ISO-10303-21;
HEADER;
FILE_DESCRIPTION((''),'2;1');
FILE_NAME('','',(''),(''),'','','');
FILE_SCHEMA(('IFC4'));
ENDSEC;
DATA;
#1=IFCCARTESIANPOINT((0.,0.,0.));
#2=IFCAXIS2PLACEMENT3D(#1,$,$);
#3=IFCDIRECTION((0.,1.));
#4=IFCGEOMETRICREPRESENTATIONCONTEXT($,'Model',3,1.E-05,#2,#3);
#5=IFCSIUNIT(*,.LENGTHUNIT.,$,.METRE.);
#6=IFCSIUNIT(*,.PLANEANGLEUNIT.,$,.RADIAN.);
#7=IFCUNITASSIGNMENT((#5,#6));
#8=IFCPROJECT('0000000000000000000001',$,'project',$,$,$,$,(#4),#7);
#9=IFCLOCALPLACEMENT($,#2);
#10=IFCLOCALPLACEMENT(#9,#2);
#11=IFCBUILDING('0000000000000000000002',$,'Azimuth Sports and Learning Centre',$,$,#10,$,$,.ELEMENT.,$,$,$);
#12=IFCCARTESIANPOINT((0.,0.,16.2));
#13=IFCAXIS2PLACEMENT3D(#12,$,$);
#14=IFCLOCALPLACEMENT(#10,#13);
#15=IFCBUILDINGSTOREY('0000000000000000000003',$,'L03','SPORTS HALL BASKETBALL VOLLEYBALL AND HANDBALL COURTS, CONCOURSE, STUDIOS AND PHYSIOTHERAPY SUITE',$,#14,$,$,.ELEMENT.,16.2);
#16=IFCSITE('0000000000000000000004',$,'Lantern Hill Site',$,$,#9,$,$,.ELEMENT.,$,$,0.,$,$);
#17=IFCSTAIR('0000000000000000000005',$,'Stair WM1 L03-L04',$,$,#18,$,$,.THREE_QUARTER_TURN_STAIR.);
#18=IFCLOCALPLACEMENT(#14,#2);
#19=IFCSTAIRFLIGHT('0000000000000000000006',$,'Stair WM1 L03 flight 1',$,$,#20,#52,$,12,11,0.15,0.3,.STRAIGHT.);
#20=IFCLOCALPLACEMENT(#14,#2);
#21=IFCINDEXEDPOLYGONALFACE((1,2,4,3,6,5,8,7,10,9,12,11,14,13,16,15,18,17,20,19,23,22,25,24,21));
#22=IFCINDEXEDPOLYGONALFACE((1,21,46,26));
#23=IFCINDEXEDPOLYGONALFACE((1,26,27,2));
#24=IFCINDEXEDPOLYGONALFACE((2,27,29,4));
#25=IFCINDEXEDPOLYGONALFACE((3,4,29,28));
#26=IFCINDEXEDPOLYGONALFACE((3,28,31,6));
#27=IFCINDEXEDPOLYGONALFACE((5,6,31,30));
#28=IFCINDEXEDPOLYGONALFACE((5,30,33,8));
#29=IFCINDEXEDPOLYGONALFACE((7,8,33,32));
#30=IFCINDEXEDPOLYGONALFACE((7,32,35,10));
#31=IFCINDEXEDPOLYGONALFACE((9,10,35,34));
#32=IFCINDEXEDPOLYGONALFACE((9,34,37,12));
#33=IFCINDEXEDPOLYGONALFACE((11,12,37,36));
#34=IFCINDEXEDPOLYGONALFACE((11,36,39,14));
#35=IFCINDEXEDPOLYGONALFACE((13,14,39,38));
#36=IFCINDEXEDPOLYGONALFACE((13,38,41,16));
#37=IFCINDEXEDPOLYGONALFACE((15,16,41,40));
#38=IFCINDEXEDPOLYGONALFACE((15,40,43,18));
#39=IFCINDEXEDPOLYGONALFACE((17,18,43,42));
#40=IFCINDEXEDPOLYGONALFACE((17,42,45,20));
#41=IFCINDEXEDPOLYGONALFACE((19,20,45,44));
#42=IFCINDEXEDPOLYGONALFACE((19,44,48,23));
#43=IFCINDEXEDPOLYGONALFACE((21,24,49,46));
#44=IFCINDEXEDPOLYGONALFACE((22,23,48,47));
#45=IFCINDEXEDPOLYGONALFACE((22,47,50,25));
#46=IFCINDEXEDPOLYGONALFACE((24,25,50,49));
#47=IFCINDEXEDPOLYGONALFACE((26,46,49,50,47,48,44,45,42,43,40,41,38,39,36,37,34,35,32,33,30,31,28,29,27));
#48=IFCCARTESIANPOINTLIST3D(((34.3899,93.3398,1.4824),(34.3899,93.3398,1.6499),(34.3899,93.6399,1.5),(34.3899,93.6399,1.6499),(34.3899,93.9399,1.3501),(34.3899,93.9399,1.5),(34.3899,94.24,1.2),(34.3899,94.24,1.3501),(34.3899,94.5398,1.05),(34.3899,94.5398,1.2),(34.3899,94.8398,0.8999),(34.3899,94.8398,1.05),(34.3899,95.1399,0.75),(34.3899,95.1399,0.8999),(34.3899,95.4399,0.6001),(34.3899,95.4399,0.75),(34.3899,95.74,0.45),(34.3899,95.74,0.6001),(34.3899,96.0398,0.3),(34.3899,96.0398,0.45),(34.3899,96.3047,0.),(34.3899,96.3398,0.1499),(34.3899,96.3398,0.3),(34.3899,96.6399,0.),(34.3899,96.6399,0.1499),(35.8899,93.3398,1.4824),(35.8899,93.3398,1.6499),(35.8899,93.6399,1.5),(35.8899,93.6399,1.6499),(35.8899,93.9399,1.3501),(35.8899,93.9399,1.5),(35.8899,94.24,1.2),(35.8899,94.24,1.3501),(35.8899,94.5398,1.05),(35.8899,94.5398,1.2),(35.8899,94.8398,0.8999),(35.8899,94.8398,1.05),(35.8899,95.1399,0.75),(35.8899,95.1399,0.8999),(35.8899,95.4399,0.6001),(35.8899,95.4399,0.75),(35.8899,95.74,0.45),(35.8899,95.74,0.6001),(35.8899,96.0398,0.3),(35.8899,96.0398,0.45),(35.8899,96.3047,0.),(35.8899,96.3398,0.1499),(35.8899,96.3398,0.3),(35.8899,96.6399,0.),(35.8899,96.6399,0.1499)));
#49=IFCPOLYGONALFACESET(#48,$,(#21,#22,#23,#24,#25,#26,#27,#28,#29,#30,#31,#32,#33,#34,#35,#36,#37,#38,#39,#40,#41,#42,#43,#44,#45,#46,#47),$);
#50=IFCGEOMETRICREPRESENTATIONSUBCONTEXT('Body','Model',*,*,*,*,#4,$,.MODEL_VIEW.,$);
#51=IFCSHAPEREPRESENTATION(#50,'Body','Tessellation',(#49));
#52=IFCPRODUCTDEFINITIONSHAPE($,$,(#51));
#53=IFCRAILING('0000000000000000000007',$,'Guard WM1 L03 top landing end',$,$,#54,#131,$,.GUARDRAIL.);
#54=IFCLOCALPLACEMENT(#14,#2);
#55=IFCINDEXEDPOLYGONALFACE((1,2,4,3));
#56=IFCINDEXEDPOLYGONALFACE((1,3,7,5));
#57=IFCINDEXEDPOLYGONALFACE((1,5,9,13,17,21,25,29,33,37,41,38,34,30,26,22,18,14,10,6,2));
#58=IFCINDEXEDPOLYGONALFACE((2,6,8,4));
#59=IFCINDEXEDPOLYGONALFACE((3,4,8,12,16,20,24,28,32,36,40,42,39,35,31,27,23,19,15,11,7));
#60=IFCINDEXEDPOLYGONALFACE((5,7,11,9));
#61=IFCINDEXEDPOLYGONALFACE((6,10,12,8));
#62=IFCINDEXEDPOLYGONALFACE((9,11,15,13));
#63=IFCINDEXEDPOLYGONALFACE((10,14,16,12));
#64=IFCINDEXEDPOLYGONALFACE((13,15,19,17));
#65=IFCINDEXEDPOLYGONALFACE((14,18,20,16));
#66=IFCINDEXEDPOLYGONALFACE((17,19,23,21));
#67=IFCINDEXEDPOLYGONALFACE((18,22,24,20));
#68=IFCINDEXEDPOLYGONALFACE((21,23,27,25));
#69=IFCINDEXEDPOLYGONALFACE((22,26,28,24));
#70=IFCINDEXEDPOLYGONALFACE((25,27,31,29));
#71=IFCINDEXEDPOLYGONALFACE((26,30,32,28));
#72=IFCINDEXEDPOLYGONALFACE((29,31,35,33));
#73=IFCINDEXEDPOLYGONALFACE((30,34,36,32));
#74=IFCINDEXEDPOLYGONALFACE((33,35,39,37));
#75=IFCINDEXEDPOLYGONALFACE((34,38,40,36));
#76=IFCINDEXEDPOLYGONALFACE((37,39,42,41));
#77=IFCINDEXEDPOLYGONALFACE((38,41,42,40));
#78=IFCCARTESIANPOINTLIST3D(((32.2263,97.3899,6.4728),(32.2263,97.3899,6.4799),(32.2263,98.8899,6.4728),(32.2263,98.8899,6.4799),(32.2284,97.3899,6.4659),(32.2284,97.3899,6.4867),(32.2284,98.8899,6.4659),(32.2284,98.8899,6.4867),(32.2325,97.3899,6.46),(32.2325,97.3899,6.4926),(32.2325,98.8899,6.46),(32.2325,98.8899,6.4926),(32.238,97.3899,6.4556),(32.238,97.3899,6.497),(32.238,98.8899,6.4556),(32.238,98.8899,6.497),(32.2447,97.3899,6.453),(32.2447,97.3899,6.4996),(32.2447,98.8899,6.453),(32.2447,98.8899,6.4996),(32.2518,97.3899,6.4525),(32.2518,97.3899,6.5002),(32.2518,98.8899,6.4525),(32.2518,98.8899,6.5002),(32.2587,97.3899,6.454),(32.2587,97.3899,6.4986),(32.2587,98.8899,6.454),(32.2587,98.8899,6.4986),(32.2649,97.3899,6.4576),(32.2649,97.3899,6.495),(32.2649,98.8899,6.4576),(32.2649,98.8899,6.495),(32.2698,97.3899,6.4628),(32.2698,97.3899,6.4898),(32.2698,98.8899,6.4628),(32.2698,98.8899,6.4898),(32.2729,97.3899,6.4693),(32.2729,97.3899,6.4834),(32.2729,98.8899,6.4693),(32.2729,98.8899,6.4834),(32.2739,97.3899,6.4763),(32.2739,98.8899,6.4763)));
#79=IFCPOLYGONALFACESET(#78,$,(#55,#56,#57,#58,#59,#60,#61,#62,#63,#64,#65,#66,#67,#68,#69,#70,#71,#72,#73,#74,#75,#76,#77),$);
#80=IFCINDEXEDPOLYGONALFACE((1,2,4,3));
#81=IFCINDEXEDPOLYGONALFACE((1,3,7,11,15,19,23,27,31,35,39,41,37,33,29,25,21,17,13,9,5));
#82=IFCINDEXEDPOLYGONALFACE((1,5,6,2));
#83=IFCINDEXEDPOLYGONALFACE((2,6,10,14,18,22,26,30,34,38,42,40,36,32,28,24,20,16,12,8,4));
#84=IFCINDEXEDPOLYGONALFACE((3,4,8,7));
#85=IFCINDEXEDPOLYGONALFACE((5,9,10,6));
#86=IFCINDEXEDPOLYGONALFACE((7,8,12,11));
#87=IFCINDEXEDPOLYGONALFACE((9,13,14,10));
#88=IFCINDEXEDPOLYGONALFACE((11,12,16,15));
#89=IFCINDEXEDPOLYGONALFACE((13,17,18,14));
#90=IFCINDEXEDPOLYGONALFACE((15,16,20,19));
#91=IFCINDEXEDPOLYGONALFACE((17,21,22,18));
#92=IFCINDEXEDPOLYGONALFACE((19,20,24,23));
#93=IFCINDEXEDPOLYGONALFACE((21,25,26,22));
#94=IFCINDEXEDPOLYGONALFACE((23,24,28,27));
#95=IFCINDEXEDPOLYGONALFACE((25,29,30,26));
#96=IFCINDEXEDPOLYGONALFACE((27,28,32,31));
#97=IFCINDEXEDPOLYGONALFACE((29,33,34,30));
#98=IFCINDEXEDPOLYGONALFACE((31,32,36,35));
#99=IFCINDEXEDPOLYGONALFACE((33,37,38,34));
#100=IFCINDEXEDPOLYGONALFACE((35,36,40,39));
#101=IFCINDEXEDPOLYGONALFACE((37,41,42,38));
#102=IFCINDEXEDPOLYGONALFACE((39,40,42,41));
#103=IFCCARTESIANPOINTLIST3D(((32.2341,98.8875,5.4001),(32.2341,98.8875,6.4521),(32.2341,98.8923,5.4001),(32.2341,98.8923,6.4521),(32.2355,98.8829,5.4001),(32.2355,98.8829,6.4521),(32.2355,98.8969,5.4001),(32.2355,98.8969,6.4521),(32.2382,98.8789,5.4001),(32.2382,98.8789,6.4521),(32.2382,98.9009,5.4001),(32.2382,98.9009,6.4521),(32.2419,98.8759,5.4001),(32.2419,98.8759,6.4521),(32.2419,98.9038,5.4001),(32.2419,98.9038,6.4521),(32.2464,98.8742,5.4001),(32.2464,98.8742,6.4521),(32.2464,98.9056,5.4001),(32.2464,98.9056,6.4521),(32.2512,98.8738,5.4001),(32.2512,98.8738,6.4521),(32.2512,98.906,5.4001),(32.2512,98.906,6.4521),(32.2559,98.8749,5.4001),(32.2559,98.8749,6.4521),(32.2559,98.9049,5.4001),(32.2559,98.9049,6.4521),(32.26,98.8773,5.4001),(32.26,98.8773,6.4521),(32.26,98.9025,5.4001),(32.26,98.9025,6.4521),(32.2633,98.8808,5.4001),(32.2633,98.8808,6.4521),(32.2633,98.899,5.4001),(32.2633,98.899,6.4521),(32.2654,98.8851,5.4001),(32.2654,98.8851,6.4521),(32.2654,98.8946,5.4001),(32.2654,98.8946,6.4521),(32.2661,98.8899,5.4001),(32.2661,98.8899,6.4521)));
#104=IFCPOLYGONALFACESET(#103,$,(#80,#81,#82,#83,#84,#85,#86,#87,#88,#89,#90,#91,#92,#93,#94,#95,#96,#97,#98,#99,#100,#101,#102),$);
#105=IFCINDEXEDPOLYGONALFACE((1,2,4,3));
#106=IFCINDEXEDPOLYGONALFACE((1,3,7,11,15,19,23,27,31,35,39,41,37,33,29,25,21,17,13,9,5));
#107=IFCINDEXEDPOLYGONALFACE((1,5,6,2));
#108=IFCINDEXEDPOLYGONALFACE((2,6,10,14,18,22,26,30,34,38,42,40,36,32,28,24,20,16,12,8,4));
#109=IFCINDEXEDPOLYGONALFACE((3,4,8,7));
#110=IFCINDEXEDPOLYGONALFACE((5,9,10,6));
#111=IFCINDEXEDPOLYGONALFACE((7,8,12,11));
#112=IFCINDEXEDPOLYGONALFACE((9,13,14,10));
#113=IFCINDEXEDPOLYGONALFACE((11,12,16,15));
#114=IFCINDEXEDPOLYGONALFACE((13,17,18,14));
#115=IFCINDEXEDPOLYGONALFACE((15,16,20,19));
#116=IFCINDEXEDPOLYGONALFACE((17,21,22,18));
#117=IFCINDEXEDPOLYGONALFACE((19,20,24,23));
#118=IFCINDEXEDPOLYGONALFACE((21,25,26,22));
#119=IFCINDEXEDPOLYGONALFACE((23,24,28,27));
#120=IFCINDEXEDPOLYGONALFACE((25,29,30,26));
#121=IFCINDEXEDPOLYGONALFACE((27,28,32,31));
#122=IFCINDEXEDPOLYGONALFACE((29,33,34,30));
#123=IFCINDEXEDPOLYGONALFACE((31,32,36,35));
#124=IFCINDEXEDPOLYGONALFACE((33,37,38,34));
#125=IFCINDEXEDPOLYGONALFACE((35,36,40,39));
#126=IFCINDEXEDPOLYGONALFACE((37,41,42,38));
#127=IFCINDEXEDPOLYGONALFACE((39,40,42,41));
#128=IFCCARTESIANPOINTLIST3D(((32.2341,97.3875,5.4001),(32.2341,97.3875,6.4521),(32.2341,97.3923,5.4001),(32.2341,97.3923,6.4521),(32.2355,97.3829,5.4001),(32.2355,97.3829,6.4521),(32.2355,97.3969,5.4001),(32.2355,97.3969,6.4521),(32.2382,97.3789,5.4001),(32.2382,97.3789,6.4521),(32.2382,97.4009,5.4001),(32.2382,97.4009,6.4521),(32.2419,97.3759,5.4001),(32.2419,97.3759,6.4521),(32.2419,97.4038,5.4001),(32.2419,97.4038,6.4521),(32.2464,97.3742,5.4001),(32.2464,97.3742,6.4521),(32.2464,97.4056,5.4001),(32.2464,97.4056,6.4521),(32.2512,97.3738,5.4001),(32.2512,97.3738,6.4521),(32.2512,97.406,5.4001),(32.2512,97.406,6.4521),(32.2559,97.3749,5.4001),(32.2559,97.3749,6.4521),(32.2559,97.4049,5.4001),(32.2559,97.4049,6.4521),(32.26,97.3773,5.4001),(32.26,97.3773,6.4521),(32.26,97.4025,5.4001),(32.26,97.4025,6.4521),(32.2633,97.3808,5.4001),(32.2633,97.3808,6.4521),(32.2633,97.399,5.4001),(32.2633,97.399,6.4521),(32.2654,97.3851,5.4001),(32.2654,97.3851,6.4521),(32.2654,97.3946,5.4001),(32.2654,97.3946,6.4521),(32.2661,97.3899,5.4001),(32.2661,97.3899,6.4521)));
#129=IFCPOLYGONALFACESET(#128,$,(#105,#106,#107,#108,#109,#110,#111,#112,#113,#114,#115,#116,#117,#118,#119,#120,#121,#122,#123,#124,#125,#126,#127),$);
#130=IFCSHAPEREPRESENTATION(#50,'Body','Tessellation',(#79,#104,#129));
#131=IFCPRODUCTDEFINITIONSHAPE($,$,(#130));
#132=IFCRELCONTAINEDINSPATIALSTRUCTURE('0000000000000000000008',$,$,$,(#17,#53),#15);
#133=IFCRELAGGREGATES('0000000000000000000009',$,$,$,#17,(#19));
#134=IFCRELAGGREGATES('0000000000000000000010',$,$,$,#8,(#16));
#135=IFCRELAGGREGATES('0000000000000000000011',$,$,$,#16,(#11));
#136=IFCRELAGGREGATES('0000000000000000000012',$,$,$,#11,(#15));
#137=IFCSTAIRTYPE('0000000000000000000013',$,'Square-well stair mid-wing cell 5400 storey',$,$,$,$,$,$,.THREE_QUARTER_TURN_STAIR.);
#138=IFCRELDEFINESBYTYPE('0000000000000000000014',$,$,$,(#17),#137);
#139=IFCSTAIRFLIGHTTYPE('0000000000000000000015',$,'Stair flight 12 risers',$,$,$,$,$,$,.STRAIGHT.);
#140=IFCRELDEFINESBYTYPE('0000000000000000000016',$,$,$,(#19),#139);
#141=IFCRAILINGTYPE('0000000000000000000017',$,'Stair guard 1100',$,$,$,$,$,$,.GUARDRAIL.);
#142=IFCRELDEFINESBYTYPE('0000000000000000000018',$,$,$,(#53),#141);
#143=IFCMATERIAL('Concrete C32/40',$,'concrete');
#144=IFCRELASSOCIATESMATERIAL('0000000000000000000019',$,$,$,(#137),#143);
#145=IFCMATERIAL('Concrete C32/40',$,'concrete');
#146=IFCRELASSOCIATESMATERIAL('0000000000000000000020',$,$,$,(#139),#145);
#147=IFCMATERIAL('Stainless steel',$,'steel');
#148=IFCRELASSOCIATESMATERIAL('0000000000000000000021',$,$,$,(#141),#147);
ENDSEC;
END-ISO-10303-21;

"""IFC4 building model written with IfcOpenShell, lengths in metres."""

from ifc_helpers import new_model, si_unit, direction, frame, origin, origin_2d, place, context, subcontext, project, spatial, polyline, circle, outline, extrude, material, type_object, element, aggregate, save


model = new_model("IFC4")

# Units and contexts
model_context = context("Model", 3, precision=1e-05, world=origin(), true_north=direction((0.0, 1.0)))
body_context = subcontext(model_context, "Body", "Model", "MODEL_VIEW")
ifc_project = project(units=[si_unit("LENGTHUNIT", "METRE"), si_unit("PLANEANGLEUNIT", "RADIAN")], contexts=[model_context])

# Site, building, storey
site_placement = place(None, origin())
site = spatial("IfcSite", under=ifc_project, at=site_placement, Name="Lantern Hill Site", CompositionType="ELEMENT", RefElevation=0.0)
building_placement = place(site_placement, origin())
building = spatial("IfcBuilding", under=site, at=building_placement, Name="Azimuth Sports and Learning Centre", CompositionType="ELEMENT")
storey_placement = place(building_placement, frame((0.0, 0.0, 16.2)))
storey = spatial("IfcBuildingStorey", under=building, at=storey_placement, Name="L03", Description="SPORTS HALL BASKETBALL VOLLEYBALL AND HANDBALL COURTS, CONCOURSE, STUDIOS AND PHYSIOTHERAPY SUITE", CompositionType="ELEMENT", Elevation=16.2)

# Stair, stair flight
ifc_material_1 = material(Name="Concrete C32/40", Category="concrete")
stair_type = type_object("IfcStairType", Name="Square-well stair mid-wing cell 5400 storey", PredefinedType="THREE_QUARTER_TURN_STAIR", material=ifc_material_1)
stair_placement = place(storey_placement, origin())
stair = element("IfcStair", 1, at=stair_placement, inside=storey, type_object=stair_type, Name="Stair WM1 L03-L04", PredefinedType="THREE_QUARTER_TURN_STAIR")
ifc_material_2 = material(Name="Concrete C32/40", Category="concrete")
stair_flight_type = type_object("IfcStairFlightType", Name="Stair flight 12 risers", PredefinedType="STRAIGHT", material=ifc_material_2)
stair_flight_placement = place(storey_placement, frame((35.1399, 96.6399, 0.0), z_axis=(0.0, 0.0, 1.0), x_axis=(0.0, -1.0, 0.0)))
stair_flight = element("IfcStairFlight", 2, at=stair_flight_placement, type_object=stair_flight_type, Name="Stair WM1 L03 flight 1", NumberOfRisers=12, NumberOfTreads=11, PredefinedType="STRAIGHT", RiserHeight=0.15, TreadLength=0.3, context=body_context, shape_type="SweptSolid", body=[
    extrude(outline(polyline([(0.0, 0.0), (0.0, 0.1499), (0.3, 0.1499), (0.3, 0.3), (0.6001, 0.3), (0.6001, 0.45), (0.8999, 0.45), (0.8999, 0.6001), (1.2, 0.6001), (1.2, 0.75), (1.5, 0.75), (1.5, 0.8999), (1.8, 0.8999), (1.8, 1.05), (2.1001, 1.05), (2.1001, 1.2), (2.3999, 1.2), (2.3999, 1.3501), (2.7, 1.3501), (2.7, 1.5), (3.0, 1.5), (3.0, 1.6499), (3.3, 1.6499), (3.3, 1.8), (3.3, 1.4824), (0.3352, 0.0), (0.0, 0.0)])), frame((0.0, 0.75, 0.0), z_axis=(0.0, -1.0, 0.0), x_axis=(1.0, 0.0, 0.0)), (0.0, 0.0, 1.0), 1.5),
])
aggregate(stair, [stair_flight])

# Railing
ifc_material_3 = material(Name="Stainless steel", Category="steel")
railing_type_1 = type_object("IfcRailingType", Name="Stair guard 1100", PredefinedType="GUARDRAIL", material=ifc_material_3)
railing_1_placement = place(storey_placement, frame((32.25, 98.8899, 5.4001)))
element("IfcRailing", 3, at=railing_1_placement, inside=storey, type_object=railing_type_1, Name="Guard WM1 L03 top landing end", PredefinedType="GUARDRAIL", context=body_context, shape_type="SweptSolid", body=[
    extrude(circle(Radius=0.0239, at=origin_2d()), frame((0.0, 0.0, 1.0762), z_axis=(0.0, -1.0, 0.0), x_axis=(1.0, 0.0, 0.0)), (0.0, 0.0, 1.0), 1.5),
    extrude(circle(Radius=0.0161, at=origin_2d()), origin(), (0.0, 0.0, 1.0), 1.052),
    extrude(circle(Radius=0.0161, at=origin_2d()), frame((0.0, -1.5, 0.0)), (0.0, 0.0, 1.0), 1.052),
])

save(model, "model.ifc")
